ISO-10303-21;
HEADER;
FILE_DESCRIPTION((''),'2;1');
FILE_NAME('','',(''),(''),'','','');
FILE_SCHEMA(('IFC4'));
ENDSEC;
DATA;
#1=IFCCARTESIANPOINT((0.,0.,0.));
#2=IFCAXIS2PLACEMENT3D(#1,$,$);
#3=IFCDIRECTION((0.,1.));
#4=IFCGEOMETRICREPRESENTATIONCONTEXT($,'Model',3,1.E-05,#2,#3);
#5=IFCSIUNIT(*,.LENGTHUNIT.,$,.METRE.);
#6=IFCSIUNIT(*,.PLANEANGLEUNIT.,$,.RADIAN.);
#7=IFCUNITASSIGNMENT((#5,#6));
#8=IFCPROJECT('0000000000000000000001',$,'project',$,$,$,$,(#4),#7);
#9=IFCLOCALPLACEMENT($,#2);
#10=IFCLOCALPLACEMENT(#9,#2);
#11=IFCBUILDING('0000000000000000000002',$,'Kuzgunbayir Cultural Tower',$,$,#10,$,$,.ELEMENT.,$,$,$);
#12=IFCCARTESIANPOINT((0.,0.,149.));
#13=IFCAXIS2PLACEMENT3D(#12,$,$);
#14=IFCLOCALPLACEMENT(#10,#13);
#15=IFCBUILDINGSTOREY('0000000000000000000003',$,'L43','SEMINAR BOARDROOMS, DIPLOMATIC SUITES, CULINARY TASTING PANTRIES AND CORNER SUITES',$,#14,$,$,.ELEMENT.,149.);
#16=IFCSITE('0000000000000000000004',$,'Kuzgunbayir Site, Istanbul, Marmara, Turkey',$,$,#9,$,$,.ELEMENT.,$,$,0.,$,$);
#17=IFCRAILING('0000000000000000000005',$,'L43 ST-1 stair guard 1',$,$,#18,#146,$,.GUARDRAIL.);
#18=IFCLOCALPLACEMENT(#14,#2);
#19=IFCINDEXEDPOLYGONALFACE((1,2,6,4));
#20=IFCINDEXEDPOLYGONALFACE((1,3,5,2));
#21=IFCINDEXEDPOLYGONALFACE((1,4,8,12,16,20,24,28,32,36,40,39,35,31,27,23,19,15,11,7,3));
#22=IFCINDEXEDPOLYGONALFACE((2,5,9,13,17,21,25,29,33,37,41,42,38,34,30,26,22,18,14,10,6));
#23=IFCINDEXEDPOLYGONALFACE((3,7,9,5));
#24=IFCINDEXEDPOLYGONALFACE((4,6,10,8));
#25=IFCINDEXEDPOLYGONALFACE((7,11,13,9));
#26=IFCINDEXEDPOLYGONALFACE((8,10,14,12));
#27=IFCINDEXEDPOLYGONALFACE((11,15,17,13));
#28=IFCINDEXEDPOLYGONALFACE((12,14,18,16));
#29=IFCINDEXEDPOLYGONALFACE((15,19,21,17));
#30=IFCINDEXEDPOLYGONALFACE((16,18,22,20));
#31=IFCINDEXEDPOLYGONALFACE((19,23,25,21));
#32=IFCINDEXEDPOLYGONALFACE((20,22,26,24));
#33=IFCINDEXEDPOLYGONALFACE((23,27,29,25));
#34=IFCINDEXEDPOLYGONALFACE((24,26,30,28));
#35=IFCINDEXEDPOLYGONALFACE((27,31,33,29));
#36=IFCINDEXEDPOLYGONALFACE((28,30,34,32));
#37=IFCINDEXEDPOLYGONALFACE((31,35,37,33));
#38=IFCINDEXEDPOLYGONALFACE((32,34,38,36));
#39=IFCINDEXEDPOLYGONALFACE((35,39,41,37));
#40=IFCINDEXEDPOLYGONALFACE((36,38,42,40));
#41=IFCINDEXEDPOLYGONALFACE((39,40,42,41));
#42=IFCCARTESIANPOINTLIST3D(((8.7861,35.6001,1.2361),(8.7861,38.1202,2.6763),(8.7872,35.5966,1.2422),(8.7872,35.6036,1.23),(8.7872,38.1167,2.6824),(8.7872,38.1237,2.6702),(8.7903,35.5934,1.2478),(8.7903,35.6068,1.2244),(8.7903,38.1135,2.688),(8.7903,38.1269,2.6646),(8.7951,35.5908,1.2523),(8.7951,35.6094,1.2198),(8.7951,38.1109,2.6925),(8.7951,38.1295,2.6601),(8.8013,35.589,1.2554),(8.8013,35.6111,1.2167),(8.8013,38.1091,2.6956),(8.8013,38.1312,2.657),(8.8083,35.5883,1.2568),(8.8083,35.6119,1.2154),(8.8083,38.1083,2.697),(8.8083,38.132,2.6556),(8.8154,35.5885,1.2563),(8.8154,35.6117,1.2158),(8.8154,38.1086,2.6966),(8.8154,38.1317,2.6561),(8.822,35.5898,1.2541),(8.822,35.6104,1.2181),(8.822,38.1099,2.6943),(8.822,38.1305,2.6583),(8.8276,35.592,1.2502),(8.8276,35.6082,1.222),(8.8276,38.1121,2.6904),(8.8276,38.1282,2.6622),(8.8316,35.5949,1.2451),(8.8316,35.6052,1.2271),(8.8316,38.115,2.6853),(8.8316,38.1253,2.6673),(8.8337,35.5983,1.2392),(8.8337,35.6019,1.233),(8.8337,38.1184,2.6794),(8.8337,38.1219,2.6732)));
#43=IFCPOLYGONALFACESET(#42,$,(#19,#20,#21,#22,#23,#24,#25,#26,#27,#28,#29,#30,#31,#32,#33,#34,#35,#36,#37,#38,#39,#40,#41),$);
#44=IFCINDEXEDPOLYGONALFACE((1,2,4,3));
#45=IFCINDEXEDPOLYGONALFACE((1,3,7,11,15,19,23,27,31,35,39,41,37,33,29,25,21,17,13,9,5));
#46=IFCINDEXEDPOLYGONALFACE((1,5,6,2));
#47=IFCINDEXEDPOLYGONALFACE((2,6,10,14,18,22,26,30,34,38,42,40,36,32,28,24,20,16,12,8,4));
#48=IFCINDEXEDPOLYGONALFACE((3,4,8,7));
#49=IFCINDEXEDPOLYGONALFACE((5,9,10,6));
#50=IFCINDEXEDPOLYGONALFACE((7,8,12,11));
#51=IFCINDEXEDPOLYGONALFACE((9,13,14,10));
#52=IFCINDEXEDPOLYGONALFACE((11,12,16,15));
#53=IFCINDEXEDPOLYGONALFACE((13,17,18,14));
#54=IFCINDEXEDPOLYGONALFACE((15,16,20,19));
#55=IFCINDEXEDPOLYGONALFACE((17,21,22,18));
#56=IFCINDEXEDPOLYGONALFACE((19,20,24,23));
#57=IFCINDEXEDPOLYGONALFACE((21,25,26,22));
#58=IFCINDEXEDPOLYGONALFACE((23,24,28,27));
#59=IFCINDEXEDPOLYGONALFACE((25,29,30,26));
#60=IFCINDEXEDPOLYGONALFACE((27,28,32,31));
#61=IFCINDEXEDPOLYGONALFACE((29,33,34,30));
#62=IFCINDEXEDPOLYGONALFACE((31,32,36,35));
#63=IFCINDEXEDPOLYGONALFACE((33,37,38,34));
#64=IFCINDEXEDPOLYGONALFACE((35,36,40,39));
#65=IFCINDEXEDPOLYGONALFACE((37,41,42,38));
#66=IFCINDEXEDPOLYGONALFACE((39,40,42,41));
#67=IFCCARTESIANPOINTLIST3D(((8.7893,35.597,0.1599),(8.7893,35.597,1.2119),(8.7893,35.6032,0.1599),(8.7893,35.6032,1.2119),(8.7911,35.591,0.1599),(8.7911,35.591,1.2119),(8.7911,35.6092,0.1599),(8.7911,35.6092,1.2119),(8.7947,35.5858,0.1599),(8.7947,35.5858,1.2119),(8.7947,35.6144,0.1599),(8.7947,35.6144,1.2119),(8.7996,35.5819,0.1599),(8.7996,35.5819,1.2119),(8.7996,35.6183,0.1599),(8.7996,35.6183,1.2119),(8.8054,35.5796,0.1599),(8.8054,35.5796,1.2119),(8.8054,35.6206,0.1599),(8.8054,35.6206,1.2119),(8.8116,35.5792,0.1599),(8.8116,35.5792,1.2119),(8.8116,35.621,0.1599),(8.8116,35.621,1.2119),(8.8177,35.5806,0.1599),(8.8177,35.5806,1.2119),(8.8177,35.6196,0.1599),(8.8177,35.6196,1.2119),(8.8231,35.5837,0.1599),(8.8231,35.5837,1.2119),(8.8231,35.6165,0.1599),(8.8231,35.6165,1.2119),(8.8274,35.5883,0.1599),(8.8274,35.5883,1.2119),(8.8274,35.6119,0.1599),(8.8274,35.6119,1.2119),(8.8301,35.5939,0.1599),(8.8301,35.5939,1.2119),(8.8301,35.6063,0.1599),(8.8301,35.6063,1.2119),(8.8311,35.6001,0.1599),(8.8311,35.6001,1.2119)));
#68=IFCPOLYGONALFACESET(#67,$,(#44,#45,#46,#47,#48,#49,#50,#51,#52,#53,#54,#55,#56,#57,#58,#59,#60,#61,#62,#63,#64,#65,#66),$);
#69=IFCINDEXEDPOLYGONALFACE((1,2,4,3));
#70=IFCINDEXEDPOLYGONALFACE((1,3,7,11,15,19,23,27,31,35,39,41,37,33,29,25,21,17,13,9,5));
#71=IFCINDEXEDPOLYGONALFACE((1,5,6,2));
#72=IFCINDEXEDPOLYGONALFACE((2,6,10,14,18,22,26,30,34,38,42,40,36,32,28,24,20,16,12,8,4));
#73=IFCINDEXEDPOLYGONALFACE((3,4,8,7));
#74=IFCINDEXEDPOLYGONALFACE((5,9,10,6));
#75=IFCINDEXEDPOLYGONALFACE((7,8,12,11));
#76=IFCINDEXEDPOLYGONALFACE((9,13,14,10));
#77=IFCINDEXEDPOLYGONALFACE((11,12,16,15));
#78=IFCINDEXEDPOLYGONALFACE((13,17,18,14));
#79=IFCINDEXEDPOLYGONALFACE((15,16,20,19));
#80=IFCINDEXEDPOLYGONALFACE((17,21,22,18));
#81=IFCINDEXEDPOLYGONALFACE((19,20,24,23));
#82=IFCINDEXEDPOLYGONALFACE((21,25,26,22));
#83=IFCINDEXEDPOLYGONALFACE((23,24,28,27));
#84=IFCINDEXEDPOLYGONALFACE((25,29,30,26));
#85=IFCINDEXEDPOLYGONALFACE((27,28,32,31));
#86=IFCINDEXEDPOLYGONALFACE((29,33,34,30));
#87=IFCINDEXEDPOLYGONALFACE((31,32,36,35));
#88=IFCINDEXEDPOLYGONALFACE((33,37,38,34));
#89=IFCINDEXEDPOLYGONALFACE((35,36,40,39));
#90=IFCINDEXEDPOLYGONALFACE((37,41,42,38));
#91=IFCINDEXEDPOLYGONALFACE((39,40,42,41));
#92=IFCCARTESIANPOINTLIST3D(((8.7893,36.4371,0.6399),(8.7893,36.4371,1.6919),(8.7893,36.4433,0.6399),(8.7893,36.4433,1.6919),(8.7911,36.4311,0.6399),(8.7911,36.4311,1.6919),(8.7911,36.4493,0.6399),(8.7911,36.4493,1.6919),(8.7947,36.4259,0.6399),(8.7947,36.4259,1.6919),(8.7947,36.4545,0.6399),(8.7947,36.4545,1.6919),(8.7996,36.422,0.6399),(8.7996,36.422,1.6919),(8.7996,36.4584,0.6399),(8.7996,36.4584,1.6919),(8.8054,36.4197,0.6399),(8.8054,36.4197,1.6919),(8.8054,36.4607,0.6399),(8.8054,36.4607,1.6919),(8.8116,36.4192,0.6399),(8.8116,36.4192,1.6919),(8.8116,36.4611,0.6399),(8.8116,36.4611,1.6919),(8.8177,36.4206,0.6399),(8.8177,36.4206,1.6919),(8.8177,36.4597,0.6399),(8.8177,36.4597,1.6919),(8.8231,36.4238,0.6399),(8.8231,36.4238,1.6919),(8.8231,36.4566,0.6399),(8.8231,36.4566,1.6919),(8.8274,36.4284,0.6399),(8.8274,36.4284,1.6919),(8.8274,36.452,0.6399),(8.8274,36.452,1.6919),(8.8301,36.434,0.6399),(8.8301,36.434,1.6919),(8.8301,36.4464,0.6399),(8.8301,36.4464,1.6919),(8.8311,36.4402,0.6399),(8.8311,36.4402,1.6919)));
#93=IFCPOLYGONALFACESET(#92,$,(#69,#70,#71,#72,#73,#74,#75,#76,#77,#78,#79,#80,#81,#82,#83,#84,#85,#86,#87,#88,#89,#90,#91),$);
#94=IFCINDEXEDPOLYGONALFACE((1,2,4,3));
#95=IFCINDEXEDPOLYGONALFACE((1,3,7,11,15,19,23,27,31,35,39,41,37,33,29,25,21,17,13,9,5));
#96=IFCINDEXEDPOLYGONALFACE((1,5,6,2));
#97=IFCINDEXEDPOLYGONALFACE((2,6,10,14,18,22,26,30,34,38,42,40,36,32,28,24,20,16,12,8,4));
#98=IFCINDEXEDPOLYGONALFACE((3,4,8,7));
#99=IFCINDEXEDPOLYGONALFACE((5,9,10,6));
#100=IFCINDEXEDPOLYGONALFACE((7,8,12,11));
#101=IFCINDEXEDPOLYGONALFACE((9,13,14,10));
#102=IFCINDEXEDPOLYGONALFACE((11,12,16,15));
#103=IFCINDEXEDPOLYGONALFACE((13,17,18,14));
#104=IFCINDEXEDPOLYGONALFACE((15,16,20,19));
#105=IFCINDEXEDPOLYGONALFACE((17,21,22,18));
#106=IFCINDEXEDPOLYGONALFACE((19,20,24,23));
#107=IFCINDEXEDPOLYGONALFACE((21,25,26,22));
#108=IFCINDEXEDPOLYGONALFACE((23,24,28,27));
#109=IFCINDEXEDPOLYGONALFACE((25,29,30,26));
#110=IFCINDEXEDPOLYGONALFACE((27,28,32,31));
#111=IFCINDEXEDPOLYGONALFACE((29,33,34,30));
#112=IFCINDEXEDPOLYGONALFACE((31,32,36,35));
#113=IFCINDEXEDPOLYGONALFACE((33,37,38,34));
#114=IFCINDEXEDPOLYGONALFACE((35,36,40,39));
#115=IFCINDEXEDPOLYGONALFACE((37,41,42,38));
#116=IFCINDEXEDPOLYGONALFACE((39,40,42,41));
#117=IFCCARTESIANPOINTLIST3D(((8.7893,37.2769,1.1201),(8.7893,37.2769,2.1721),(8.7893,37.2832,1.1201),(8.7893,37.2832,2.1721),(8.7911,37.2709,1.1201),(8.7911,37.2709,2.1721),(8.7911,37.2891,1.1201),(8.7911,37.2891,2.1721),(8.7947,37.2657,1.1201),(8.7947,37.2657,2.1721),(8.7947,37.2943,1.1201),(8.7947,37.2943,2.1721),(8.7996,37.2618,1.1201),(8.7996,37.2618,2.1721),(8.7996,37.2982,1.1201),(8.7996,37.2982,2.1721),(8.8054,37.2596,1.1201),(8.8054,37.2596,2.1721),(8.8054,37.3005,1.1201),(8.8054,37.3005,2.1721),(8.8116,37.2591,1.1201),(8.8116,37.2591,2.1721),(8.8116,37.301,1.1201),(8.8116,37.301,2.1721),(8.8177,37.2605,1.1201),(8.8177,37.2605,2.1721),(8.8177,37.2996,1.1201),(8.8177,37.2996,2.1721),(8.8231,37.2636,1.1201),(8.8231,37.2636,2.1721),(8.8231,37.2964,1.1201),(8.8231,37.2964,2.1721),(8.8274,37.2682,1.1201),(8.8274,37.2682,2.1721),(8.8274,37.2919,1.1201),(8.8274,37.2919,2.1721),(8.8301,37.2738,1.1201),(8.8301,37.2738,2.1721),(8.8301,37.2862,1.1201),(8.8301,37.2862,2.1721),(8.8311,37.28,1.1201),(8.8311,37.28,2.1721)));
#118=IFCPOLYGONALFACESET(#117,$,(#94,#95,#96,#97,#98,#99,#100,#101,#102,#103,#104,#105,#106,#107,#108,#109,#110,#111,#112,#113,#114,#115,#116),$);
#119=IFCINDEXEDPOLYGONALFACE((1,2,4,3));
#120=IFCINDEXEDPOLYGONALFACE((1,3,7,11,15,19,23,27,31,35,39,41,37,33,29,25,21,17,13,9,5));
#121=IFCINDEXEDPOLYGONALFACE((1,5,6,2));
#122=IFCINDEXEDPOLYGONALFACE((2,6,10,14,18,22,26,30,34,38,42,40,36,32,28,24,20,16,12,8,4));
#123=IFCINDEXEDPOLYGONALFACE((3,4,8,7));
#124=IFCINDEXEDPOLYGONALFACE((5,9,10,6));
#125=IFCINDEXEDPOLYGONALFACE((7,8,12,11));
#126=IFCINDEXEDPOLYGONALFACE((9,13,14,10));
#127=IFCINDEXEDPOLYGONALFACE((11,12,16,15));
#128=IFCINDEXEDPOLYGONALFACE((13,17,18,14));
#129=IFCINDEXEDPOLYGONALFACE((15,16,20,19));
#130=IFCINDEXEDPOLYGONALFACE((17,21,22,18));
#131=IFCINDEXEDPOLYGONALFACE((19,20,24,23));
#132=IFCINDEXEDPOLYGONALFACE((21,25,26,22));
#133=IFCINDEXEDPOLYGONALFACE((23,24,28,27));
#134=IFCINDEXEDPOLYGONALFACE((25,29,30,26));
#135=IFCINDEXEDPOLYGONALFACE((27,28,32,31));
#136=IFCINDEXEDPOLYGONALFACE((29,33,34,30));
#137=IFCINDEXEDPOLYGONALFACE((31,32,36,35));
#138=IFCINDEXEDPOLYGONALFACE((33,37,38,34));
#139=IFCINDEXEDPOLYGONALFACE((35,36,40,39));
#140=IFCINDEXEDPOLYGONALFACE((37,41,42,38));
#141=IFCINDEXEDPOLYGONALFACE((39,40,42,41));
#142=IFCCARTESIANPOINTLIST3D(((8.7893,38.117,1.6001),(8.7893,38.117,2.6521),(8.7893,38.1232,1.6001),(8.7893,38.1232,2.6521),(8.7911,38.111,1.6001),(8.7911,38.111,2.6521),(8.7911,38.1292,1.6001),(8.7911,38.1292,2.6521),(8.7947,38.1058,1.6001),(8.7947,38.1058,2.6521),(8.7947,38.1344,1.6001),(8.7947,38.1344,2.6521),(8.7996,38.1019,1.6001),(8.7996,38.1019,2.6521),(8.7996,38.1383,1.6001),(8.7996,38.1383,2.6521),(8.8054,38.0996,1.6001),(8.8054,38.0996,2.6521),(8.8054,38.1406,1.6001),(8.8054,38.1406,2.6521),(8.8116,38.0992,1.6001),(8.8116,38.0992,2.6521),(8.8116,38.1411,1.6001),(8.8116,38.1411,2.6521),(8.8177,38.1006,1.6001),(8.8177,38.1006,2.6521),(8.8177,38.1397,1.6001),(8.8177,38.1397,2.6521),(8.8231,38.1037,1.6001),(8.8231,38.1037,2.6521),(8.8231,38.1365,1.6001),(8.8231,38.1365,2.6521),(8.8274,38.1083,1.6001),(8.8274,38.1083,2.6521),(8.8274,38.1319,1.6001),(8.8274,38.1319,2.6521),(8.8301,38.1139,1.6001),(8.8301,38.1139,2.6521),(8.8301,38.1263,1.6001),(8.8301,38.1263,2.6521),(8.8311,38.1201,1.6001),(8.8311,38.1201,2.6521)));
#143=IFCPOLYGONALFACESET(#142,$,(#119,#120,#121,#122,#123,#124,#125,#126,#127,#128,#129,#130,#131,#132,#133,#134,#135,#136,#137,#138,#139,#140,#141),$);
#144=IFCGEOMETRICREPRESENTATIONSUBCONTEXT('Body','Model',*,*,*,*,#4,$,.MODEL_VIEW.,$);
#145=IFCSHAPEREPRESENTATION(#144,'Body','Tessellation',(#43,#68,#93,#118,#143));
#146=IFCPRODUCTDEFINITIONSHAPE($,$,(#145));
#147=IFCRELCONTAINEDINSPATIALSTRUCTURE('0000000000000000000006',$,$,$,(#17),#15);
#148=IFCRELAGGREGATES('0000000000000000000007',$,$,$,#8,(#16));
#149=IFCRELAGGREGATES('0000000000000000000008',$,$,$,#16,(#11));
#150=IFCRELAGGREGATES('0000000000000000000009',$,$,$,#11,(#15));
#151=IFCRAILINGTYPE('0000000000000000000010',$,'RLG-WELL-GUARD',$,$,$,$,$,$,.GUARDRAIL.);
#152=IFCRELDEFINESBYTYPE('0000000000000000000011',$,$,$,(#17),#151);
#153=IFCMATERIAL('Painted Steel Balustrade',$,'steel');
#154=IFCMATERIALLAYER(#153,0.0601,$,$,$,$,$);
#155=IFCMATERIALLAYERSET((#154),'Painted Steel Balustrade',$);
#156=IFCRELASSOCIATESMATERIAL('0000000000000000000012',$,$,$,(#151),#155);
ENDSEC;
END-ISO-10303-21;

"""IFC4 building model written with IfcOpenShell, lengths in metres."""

from ifc_helpers import new_model, si_unit, direction, frame, origin, origin_2d, place, context, subcontext, project, spatial, circle, extrude, material, layer, layer_set, type_object, element, save


model = new_model("IFC4")

# Units and contexts
model_context = context("Model", 3, precision=1e-05, world=origin(), true_north=direction((0.0, 1.0)))
body_context = subcontext(model_context, "Body", "Model", "MODEL_VIEW")
ifc_project = project(units=[si_unit("LENGTHUNIT", "METRE"), si_unit("PLANEANGLEUNIT", "RADIAN")], contexts=[model_context])

# Site, building, storey
site_placement = place(None, origin())
site = spatial("IfcSite", under=ifc_project, at=site_placement, Name="Kuzgunbayir Site, Istanbul, Marmara, Turkey", CompositionType="ELEMENT", RefElevation=0.0)
building_placement = place(site_placement, origin())
building = spatial("IfcBuilding", under=site, at=building_placement, Name="Kuzgunbayir Cultural Tower", CompositionType="ELEMENT")
storey_placement = place(building_placement, frame((0.0, 0.0, 149.0)))
storey = spatial("IfcBuildingStorey", under=building, at=storey_placement, Name="L43", Description="SEMINAR BOARDROOMS, DIPLOMATIC SUITES, CULINARY TASTING PANTRIES AND CORNER SUITES", CompositionType="ELEMENT", Elevation=149.0)

# Railing
ifc_material_1 = material(Name="Painted Steel Balustrade", Category="steel")
ifc_layer_1 = layer(ifc_material_1, 0.0601)
ifc_layer_set_1 = layer_set([ifc_layer_1], Name="Painted Steel Balustrade")
railing_type_1 = type_object("IfcRailingType", Name="RLG-WELL-GUARD", PredefinedType="GUARDRAIL", material=ifc_layer_set_1)
railing_1_placement = place(storey_placement, frame((8.8101, 35.6001, 0.1599)))
element("IfcRailing", 1, at=railing_1_placement, inside=storey, type_object=railing_type_1, Name="L43 ST-1 stair guard 1", PredefinedType="GUARDRAIL", context=body_context, shape_type="SweptSolid", body=[
    extrude(circle(Radius=0.0239, at=origin_2d()), frame((0.0, 0.0, 1.0762), z_axis=(0.0, 0.868217, 0.496184), x_axis=(-1.0, 0.0, 0.0)), (0.0, 0.0, 1.0), 2.9026),
    extrude(circle(Radius=0.021, at=origin_2d()), origin(), (0.0, 0.0, 1.0), 1.052),
    extrude(circle(Radius=0.021, at=origin_2d()), frame((0.0, 0.8401, 0.48)), (0.0, 0.0, 1.0), 1.052),
    extrude(circle(Radius=0.021, at=origin_2d()), frame((0.0, 1.6799, 0.9602)), (0.0, 0.0, 1.0), 1.052),
    extrude(circle(Radius=0.021, at=origin_2d()), frame((0.0, 2.52, 1.4402)), (0.0, 0.0, 1.0), 1.052),
])

save(model, "model.ifc")
